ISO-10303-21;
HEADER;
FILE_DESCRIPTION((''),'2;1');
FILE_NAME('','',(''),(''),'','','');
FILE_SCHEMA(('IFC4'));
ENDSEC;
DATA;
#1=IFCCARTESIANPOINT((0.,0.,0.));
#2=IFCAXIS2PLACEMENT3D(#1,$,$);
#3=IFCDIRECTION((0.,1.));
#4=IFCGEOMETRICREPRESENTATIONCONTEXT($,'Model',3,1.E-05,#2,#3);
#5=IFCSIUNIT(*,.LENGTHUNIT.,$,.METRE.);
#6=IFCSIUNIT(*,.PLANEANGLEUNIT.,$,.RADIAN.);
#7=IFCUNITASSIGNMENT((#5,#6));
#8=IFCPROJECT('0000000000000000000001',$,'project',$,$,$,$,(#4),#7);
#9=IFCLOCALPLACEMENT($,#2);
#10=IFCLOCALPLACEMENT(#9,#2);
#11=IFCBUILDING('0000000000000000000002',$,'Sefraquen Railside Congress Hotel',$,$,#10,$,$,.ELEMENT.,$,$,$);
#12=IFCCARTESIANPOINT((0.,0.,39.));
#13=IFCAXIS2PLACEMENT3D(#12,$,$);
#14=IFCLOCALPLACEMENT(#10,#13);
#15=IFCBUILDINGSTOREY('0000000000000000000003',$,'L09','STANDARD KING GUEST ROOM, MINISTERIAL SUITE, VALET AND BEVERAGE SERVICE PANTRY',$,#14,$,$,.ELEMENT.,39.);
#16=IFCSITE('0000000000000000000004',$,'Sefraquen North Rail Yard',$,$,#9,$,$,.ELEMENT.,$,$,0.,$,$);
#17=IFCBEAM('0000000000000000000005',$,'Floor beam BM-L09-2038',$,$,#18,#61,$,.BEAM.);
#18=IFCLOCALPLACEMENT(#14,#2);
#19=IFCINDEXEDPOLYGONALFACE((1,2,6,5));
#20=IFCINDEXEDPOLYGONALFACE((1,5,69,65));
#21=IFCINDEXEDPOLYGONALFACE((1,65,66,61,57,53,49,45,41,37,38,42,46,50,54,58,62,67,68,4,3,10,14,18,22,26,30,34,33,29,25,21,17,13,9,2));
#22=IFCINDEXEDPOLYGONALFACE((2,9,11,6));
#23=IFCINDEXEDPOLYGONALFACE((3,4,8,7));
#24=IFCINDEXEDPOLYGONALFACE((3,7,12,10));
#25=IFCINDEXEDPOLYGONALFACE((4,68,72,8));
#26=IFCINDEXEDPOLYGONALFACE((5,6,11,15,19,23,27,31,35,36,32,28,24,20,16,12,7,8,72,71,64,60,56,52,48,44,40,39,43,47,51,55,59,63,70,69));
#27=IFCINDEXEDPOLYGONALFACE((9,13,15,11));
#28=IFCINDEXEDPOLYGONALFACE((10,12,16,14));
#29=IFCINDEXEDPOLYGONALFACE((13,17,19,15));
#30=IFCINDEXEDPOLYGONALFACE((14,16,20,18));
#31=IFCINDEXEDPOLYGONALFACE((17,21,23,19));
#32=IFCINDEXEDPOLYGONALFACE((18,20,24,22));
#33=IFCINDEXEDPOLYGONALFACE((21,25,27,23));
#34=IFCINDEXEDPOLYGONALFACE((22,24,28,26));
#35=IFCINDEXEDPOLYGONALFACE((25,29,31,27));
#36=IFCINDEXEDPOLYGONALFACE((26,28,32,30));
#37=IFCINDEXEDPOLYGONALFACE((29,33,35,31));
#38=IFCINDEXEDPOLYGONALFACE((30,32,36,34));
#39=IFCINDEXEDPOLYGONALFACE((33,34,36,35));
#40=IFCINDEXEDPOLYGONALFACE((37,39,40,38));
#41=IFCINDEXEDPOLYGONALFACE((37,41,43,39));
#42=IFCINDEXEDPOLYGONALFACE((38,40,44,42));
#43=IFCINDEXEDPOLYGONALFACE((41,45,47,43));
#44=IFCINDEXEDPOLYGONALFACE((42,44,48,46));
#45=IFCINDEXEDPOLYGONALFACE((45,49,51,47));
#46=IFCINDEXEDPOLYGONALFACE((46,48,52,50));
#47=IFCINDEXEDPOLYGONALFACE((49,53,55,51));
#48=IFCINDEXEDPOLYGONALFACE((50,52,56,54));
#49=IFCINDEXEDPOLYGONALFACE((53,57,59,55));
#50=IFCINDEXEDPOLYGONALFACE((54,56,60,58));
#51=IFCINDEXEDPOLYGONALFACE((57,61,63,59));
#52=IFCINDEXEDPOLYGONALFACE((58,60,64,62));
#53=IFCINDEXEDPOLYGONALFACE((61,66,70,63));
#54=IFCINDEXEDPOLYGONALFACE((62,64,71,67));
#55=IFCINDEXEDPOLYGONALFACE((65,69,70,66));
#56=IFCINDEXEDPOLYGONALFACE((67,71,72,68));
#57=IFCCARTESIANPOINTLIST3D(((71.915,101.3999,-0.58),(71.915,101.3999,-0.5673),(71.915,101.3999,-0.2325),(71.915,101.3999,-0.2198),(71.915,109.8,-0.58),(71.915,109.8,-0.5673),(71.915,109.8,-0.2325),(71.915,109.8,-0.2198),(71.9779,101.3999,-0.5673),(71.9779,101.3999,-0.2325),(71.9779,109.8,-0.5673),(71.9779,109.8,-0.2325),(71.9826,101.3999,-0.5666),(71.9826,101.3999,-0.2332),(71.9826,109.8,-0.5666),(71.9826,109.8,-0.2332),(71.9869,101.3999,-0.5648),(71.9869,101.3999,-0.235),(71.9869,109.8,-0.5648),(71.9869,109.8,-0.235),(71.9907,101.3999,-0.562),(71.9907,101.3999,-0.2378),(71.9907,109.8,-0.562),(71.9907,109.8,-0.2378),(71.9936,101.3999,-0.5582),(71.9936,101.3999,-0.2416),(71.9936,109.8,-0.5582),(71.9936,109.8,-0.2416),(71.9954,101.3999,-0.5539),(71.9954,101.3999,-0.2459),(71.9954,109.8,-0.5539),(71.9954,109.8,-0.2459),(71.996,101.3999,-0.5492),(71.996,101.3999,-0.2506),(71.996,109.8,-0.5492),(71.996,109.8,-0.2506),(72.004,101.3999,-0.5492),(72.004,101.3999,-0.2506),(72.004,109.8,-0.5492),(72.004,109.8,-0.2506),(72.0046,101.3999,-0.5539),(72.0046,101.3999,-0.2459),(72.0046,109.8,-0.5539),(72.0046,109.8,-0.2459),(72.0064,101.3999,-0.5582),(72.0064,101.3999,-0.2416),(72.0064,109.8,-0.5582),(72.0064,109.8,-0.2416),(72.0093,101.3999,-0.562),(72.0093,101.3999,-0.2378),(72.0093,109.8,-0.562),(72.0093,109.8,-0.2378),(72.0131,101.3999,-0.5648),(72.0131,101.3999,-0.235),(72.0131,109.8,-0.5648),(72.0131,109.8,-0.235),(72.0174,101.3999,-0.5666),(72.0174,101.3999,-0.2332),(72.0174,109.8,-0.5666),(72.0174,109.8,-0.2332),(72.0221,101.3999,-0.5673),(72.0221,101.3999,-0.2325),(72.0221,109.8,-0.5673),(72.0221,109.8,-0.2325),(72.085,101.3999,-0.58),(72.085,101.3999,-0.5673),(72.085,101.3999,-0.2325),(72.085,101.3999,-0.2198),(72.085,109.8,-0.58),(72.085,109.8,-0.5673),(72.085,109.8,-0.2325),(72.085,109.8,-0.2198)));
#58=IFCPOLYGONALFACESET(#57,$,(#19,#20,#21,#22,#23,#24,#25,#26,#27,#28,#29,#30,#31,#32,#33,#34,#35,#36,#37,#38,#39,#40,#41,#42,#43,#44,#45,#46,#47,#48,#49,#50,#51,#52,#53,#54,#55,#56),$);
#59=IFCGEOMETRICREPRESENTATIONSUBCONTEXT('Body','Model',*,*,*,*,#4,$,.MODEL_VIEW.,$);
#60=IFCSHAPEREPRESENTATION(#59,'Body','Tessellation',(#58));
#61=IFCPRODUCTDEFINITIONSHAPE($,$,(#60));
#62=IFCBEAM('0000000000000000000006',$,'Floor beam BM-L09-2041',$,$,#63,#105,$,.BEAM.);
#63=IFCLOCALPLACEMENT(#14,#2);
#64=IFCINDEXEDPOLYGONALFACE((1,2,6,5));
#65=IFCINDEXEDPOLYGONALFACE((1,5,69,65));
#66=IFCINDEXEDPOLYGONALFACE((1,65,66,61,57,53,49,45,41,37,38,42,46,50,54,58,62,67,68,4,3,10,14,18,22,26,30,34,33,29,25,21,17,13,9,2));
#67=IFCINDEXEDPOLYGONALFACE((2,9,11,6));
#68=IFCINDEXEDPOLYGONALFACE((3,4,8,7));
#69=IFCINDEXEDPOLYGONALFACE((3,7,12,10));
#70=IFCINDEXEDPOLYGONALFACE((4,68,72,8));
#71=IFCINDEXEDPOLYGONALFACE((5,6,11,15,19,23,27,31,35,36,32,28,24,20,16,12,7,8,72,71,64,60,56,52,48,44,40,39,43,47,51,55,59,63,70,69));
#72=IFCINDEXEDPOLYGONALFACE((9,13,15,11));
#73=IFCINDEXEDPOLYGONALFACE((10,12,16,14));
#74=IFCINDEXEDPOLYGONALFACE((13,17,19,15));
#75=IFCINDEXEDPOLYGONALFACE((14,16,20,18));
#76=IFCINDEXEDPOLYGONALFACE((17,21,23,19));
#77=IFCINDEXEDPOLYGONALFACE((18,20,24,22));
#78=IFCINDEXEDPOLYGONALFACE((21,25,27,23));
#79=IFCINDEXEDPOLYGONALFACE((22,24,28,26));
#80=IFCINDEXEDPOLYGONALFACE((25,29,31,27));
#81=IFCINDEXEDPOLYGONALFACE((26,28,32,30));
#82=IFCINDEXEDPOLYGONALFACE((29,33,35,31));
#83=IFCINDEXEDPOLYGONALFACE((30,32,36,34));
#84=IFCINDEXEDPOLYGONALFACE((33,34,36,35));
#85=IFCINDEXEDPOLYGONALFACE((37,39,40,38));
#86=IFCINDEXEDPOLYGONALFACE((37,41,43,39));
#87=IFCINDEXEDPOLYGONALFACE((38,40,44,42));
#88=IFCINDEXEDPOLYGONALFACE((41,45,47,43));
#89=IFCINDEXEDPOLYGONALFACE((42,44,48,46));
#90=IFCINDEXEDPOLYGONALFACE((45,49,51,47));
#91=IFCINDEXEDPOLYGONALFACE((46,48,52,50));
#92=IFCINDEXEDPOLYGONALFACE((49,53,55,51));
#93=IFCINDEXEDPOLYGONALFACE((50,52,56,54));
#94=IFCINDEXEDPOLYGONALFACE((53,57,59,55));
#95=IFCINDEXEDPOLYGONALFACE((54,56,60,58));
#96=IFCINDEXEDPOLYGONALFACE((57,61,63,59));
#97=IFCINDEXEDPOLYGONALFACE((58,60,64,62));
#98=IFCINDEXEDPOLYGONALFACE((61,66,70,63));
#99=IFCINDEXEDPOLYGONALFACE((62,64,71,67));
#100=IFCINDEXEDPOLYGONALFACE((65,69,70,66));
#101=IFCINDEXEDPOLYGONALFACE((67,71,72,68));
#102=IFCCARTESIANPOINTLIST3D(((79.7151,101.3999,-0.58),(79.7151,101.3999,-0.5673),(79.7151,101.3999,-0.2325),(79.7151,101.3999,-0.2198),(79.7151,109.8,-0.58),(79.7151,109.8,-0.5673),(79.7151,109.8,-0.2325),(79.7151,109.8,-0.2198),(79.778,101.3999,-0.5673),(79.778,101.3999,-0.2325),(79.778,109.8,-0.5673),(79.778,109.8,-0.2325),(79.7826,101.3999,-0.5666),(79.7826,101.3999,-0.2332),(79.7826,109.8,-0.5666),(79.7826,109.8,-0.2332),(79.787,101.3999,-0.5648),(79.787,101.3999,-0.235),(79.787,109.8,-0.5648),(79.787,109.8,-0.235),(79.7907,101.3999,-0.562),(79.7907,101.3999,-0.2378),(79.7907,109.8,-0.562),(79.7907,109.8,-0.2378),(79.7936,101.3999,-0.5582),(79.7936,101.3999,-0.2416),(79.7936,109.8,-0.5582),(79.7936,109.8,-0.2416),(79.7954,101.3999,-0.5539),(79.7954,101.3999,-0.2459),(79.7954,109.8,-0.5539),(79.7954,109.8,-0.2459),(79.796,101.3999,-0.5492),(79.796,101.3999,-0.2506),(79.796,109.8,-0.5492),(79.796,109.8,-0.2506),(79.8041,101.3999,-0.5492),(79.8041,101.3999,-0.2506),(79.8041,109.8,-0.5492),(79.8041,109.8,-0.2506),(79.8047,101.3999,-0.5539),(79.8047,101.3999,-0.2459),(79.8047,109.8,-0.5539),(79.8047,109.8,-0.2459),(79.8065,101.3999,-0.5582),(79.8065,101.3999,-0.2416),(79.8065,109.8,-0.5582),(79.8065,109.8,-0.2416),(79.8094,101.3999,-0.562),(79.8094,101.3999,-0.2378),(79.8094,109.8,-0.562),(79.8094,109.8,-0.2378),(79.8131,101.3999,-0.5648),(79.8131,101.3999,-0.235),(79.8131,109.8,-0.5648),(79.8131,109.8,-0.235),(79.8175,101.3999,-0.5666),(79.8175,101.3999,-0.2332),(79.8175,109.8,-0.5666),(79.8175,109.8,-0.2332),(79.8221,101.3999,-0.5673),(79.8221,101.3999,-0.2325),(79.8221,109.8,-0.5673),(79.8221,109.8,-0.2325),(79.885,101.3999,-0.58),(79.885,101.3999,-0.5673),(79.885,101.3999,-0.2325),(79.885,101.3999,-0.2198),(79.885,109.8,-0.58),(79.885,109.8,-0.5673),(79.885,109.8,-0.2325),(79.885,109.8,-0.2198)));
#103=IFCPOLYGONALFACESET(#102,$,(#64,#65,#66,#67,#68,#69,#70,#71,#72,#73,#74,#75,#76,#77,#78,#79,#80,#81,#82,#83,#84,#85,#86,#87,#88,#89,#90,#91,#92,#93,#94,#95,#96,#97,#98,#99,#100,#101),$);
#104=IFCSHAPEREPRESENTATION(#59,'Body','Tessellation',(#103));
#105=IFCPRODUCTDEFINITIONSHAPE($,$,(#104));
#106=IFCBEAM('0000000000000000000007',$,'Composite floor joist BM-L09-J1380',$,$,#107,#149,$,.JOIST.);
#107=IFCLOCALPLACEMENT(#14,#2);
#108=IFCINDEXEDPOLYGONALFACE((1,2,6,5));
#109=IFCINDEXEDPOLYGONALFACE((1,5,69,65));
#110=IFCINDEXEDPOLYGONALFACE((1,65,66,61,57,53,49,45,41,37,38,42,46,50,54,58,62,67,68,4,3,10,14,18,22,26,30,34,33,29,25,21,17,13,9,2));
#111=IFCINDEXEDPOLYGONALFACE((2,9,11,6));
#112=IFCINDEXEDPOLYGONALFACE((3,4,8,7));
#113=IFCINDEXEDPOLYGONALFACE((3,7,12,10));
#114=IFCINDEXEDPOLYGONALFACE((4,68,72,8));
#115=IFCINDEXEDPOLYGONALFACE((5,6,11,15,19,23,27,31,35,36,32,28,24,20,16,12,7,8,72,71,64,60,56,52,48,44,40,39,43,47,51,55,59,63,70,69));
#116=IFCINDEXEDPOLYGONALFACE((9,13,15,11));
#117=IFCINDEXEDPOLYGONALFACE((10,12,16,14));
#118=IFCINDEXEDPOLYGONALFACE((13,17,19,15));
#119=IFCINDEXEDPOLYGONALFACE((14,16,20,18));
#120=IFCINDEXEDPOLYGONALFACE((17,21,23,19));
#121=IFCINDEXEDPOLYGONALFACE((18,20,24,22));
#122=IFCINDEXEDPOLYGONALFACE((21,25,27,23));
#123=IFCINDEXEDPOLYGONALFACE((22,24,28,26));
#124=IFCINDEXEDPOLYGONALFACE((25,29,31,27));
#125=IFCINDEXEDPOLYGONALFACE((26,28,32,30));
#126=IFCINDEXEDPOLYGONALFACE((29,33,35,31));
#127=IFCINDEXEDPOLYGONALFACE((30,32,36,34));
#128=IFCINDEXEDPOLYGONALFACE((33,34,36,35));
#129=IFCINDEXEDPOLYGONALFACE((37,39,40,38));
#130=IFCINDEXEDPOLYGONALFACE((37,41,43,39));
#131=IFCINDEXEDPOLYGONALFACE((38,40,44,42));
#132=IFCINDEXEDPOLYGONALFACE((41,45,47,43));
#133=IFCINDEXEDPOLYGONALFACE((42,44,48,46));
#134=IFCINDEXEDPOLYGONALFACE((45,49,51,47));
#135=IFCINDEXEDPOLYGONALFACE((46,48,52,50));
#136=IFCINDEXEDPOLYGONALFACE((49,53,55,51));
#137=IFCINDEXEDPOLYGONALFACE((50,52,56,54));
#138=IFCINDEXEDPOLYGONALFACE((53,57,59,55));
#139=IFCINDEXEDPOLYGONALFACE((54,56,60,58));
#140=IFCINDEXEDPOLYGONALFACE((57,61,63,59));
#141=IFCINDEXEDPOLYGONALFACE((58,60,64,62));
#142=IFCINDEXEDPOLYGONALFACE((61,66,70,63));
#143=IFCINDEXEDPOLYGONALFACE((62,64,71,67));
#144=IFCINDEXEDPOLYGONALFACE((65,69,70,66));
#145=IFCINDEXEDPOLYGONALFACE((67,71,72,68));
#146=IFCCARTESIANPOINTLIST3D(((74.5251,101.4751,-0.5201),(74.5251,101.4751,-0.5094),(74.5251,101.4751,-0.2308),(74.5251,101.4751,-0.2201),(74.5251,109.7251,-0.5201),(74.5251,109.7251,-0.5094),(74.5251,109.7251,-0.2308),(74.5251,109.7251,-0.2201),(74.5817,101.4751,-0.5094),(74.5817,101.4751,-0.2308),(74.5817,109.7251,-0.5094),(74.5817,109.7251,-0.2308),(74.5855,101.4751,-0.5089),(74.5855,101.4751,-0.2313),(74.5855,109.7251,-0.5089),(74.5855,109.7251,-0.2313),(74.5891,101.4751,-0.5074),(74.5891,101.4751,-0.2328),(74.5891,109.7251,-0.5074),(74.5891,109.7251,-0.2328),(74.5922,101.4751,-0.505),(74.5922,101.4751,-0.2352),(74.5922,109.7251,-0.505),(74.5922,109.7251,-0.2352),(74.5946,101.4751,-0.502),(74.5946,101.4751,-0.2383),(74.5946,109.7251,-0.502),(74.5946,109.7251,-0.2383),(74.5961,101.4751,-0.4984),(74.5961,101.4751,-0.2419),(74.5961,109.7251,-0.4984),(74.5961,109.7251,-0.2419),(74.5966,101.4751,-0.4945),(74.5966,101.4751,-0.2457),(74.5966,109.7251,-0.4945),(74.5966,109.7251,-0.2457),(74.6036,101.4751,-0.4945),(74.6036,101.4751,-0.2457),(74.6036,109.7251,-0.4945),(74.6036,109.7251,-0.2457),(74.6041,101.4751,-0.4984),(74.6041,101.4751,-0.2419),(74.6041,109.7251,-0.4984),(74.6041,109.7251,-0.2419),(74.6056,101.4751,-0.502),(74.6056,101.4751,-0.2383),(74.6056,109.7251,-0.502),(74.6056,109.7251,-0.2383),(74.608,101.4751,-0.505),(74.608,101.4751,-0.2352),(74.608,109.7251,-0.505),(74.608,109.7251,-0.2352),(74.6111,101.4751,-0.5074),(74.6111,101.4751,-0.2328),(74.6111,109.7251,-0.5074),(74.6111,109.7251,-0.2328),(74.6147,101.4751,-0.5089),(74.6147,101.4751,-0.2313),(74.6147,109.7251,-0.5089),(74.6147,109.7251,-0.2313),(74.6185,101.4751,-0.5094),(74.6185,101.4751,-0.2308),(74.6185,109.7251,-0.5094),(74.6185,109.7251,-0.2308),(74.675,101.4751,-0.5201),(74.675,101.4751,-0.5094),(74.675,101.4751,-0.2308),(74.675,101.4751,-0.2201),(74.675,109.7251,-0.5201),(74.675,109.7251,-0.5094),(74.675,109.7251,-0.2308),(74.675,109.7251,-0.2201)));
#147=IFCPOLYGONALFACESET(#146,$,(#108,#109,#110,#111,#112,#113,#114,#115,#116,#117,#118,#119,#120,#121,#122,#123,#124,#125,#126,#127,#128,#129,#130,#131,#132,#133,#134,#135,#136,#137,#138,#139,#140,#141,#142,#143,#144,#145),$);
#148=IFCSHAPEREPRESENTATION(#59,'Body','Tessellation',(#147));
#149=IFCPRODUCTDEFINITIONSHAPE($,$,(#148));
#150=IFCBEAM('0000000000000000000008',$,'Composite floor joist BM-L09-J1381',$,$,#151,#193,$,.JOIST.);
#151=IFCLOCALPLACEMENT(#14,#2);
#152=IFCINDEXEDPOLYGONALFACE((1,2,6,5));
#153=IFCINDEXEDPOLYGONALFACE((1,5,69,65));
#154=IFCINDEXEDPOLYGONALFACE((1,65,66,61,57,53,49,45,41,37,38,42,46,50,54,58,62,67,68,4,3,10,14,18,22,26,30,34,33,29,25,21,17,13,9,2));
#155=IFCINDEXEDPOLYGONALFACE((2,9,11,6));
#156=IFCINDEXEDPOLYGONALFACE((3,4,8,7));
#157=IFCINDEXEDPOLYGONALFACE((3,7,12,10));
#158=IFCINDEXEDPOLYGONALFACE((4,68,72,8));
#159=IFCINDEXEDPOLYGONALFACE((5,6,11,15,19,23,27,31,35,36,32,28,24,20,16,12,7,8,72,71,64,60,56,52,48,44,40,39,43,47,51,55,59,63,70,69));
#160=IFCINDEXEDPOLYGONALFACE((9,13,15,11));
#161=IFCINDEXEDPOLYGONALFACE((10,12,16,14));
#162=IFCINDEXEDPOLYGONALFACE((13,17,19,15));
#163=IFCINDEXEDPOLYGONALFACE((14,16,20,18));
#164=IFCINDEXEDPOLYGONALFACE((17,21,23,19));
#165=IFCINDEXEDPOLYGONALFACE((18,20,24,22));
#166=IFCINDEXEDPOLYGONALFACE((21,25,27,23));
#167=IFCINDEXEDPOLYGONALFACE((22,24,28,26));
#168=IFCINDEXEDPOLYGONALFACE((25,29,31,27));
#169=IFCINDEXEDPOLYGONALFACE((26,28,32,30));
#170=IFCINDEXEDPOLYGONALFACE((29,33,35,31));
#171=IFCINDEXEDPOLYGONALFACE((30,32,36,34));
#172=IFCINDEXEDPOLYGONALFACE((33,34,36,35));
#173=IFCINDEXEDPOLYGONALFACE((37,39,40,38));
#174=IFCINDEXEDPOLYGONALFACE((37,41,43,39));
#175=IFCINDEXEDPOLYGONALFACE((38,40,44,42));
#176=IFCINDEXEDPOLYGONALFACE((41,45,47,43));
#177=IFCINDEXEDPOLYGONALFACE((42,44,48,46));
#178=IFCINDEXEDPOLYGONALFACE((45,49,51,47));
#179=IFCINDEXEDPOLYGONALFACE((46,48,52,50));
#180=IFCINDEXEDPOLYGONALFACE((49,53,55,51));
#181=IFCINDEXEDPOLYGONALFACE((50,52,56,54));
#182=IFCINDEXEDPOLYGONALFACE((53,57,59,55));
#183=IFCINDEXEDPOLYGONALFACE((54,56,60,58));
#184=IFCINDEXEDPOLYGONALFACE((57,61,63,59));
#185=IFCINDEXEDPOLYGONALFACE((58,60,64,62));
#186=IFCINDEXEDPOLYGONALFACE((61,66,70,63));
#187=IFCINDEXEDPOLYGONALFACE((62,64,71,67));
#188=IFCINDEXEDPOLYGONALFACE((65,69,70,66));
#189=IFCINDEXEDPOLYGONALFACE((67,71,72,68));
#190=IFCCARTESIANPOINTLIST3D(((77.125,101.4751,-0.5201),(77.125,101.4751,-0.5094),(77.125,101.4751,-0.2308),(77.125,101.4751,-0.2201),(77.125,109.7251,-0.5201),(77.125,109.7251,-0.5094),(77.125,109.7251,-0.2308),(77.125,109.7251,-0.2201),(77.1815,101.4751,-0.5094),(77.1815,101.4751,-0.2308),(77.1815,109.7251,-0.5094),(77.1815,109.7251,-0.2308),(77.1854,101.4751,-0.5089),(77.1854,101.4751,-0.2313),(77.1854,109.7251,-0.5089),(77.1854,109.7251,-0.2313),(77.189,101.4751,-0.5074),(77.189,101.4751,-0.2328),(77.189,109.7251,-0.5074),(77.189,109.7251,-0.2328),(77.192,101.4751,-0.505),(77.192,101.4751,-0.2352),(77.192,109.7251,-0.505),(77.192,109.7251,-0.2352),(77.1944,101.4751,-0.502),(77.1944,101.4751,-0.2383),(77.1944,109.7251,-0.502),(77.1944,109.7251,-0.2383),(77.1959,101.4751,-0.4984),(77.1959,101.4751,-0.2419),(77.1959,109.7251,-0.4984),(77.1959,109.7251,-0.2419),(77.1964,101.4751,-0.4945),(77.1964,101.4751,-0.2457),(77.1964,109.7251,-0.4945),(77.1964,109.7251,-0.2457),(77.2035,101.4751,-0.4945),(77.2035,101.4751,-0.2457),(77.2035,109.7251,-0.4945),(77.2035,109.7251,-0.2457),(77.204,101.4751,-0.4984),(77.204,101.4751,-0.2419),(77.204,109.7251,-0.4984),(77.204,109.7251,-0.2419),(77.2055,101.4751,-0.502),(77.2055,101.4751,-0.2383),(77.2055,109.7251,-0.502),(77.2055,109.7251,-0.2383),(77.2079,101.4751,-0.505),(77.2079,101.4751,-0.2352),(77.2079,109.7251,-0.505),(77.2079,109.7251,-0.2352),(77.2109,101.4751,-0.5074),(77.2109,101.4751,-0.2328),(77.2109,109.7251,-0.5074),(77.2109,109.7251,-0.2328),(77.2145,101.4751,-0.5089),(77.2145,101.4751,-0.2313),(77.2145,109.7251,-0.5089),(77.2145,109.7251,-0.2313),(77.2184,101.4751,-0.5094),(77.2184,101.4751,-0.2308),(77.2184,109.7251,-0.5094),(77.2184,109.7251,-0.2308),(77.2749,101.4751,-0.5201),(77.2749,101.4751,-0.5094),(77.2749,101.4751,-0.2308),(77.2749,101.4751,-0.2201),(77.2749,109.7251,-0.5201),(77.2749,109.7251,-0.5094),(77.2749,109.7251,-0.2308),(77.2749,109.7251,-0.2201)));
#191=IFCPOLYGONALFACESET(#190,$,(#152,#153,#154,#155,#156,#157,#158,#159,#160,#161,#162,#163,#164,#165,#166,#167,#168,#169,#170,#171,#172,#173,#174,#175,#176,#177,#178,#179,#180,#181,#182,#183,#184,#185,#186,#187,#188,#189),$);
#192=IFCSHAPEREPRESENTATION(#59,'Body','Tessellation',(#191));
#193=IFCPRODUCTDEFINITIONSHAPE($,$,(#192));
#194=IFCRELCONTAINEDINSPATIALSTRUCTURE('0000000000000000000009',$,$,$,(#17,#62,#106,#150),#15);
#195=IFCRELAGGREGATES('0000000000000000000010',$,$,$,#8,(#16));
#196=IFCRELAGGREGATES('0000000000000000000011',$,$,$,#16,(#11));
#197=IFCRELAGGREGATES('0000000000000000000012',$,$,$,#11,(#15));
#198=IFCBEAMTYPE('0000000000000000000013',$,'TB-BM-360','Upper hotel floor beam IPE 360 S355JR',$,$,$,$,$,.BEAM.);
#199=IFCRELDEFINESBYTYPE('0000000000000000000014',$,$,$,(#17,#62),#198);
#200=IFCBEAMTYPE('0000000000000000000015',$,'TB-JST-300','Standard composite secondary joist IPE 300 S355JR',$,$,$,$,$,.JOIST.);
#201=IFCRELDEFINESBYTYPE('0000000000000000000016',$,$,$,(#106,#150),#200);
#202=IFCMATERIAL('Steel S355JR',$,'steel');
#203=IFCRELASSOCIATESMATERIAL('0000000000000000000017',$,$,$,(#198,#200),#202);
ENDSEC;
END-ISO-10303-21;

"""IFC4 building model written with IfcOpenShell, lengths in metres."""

from ifc_helpers import new_model, si_unit, direction, frame, origin, origin_2d, place, context, subcontext, project, spatial, i_section, extrude, material, material_profile, profile_set, type_object, element, save


model = new_model("IFC4")

# Units and contexts
model_context = context("Model", 3, precision=1e-05, world=origin(), true_north=direction((0.0, 1.0)))
body_context = subcontext(model_context, "Body", "Model", "MODEL_VIEW")
ifc_project = project(units=[si_unit("LENGTHUNIT", "METRE"), si_unit("PLANEANGLEUNIT", "RADIAN")], contexts=[model_context])

# Site, building, storey
site_placement = place(None, origin())
site = spatial("IfcSite", under=ifc_project, at=site_placement, Name="Sefraquen North Rail Yard", CompositionType="ELEMENT", RefElevation=0.0)
building_placement = place(site_placement, origin())
building = spatial("IfcBuilding", under=site, at=building_placement, Name="Sefraquen Railside Congress Hotel", CompositionType="ELEMENT")
storey_placement = place(building_placement, frame((0.0, 0.0, 39.0)))
storey = spatial("IfcBuildingStorey", under=building, at=storey_placement, Name="L09", Description="STANDARD KING GUEST ROOM, MINISTERIAL SUITE, VALET AND BEVERAGE SERVICE PANTRY", CompositionType="ELEMENT", Elevation=39.0)

# Beams
ifc_material_1 = material(Name="Steel S355JR", Category="steel")
ifc_material_profile_1 = material_profile(ifc_material_1, i_section(OverallWidth=0.1699, OverallDepth=0.3601, WebThickness=0.0081, FlangeThickness=0.0127, FilletRadius=0.0181, at=origin_2d()), Name="IPE 360")
ifc_profile_set_1 = profile_set([ifc_material_profile_1], Name="Steel S355JR")
beam_type_1 = type_object("IfcBeamType", Name="TB-BM-360", Description="Upper hotel floor beam IPE 360 S355JR", PredefinedType="BEAM", material=ifc_profile_set_1)
for number, where, z_axis, x_axis, name in (
    (1, (72.0, 101.3999, -0.3999), (0.0, 1.0, 0.0), (-1.0, 0.0, 0.0), "Floor beam BM-L09-2038"),
    (2, (79.8, 101.3999, -0.3999), (0.0, 1.0, 0.0), (-1.0, 0.0, 0.0), "Floor beam BM-L09-2041"),
):
    element("IfcBeam", number, at=place(storey_placement, frame(where, z_axis=z_axis, x_axis=x_axis)), inside=storey, type_object=beam_type_1, Name=name, PredefinedType="BEAM", context=body_context, shape_type="SweptSolid", body=[
        extrude(i_section(OverallWidth=0.1699, OverallDepth=0.3601, WebThickness=0.0081, FlangeThickness=0.0127, FilletRadius=0.0181, at=origin_2d()), origin(), (0.0, 0.0, 1.0), 8.4001),
    ])
ifc_material_profile_2 = material_profile(ifc_material_1, i_section(OverallWidth=0.1499, OverallDepth=0.3, WebThickness=0.0071, FlangeThickness=0.0107, FilletRadius=0.0149, at=origin_2d()), Name="IPE 300")
ifc_profile_set_2 = profile_set([ifc_material_profile_2], Name="Steel S355JR")
beam_type_2 = type_object("IfcBeamType", Name="TB-JST-300", Description="Standard composite secondary joist IPE 300 S355JR", PredefinedType="JOIST", material=ifc_profile_set_2)
for number, where, z_axis, x_axis, name in (
    (3, (74.6001, 101.4751, -0.3701), (0.0, 1.0, 0.0), (-1.0, 0.0, 0.0), "Composite floor joist BM-L09-J1380"),
    (4, (77.2, 101.4751, -0.3701), (0.0, 1.0, 0.0), (-1.0, 0.0, 0.0), "Composite floor joist BM-L09-J1381"),
):
    element("IfcBeam", number, at=place(storey_placement, frame(where, z_axis=z_axis, x_axis=x_axis)), inside=storey, type_object=beam_type_2, Name=name, PredefinedType="JOIST", context=body_context, shape_type="SweptSolid", body=[
        extrude(i_section(OverallWidth=0.1499, OverallDepth=0.3, WebThickness=0.0071, FlangeThickness=0.0107, FilletRadius=0.0149, at=origin_2d()), origin(), (0.0, 0.0, 1.0), 8.25),
    ])

save(model, "model.ifc")
